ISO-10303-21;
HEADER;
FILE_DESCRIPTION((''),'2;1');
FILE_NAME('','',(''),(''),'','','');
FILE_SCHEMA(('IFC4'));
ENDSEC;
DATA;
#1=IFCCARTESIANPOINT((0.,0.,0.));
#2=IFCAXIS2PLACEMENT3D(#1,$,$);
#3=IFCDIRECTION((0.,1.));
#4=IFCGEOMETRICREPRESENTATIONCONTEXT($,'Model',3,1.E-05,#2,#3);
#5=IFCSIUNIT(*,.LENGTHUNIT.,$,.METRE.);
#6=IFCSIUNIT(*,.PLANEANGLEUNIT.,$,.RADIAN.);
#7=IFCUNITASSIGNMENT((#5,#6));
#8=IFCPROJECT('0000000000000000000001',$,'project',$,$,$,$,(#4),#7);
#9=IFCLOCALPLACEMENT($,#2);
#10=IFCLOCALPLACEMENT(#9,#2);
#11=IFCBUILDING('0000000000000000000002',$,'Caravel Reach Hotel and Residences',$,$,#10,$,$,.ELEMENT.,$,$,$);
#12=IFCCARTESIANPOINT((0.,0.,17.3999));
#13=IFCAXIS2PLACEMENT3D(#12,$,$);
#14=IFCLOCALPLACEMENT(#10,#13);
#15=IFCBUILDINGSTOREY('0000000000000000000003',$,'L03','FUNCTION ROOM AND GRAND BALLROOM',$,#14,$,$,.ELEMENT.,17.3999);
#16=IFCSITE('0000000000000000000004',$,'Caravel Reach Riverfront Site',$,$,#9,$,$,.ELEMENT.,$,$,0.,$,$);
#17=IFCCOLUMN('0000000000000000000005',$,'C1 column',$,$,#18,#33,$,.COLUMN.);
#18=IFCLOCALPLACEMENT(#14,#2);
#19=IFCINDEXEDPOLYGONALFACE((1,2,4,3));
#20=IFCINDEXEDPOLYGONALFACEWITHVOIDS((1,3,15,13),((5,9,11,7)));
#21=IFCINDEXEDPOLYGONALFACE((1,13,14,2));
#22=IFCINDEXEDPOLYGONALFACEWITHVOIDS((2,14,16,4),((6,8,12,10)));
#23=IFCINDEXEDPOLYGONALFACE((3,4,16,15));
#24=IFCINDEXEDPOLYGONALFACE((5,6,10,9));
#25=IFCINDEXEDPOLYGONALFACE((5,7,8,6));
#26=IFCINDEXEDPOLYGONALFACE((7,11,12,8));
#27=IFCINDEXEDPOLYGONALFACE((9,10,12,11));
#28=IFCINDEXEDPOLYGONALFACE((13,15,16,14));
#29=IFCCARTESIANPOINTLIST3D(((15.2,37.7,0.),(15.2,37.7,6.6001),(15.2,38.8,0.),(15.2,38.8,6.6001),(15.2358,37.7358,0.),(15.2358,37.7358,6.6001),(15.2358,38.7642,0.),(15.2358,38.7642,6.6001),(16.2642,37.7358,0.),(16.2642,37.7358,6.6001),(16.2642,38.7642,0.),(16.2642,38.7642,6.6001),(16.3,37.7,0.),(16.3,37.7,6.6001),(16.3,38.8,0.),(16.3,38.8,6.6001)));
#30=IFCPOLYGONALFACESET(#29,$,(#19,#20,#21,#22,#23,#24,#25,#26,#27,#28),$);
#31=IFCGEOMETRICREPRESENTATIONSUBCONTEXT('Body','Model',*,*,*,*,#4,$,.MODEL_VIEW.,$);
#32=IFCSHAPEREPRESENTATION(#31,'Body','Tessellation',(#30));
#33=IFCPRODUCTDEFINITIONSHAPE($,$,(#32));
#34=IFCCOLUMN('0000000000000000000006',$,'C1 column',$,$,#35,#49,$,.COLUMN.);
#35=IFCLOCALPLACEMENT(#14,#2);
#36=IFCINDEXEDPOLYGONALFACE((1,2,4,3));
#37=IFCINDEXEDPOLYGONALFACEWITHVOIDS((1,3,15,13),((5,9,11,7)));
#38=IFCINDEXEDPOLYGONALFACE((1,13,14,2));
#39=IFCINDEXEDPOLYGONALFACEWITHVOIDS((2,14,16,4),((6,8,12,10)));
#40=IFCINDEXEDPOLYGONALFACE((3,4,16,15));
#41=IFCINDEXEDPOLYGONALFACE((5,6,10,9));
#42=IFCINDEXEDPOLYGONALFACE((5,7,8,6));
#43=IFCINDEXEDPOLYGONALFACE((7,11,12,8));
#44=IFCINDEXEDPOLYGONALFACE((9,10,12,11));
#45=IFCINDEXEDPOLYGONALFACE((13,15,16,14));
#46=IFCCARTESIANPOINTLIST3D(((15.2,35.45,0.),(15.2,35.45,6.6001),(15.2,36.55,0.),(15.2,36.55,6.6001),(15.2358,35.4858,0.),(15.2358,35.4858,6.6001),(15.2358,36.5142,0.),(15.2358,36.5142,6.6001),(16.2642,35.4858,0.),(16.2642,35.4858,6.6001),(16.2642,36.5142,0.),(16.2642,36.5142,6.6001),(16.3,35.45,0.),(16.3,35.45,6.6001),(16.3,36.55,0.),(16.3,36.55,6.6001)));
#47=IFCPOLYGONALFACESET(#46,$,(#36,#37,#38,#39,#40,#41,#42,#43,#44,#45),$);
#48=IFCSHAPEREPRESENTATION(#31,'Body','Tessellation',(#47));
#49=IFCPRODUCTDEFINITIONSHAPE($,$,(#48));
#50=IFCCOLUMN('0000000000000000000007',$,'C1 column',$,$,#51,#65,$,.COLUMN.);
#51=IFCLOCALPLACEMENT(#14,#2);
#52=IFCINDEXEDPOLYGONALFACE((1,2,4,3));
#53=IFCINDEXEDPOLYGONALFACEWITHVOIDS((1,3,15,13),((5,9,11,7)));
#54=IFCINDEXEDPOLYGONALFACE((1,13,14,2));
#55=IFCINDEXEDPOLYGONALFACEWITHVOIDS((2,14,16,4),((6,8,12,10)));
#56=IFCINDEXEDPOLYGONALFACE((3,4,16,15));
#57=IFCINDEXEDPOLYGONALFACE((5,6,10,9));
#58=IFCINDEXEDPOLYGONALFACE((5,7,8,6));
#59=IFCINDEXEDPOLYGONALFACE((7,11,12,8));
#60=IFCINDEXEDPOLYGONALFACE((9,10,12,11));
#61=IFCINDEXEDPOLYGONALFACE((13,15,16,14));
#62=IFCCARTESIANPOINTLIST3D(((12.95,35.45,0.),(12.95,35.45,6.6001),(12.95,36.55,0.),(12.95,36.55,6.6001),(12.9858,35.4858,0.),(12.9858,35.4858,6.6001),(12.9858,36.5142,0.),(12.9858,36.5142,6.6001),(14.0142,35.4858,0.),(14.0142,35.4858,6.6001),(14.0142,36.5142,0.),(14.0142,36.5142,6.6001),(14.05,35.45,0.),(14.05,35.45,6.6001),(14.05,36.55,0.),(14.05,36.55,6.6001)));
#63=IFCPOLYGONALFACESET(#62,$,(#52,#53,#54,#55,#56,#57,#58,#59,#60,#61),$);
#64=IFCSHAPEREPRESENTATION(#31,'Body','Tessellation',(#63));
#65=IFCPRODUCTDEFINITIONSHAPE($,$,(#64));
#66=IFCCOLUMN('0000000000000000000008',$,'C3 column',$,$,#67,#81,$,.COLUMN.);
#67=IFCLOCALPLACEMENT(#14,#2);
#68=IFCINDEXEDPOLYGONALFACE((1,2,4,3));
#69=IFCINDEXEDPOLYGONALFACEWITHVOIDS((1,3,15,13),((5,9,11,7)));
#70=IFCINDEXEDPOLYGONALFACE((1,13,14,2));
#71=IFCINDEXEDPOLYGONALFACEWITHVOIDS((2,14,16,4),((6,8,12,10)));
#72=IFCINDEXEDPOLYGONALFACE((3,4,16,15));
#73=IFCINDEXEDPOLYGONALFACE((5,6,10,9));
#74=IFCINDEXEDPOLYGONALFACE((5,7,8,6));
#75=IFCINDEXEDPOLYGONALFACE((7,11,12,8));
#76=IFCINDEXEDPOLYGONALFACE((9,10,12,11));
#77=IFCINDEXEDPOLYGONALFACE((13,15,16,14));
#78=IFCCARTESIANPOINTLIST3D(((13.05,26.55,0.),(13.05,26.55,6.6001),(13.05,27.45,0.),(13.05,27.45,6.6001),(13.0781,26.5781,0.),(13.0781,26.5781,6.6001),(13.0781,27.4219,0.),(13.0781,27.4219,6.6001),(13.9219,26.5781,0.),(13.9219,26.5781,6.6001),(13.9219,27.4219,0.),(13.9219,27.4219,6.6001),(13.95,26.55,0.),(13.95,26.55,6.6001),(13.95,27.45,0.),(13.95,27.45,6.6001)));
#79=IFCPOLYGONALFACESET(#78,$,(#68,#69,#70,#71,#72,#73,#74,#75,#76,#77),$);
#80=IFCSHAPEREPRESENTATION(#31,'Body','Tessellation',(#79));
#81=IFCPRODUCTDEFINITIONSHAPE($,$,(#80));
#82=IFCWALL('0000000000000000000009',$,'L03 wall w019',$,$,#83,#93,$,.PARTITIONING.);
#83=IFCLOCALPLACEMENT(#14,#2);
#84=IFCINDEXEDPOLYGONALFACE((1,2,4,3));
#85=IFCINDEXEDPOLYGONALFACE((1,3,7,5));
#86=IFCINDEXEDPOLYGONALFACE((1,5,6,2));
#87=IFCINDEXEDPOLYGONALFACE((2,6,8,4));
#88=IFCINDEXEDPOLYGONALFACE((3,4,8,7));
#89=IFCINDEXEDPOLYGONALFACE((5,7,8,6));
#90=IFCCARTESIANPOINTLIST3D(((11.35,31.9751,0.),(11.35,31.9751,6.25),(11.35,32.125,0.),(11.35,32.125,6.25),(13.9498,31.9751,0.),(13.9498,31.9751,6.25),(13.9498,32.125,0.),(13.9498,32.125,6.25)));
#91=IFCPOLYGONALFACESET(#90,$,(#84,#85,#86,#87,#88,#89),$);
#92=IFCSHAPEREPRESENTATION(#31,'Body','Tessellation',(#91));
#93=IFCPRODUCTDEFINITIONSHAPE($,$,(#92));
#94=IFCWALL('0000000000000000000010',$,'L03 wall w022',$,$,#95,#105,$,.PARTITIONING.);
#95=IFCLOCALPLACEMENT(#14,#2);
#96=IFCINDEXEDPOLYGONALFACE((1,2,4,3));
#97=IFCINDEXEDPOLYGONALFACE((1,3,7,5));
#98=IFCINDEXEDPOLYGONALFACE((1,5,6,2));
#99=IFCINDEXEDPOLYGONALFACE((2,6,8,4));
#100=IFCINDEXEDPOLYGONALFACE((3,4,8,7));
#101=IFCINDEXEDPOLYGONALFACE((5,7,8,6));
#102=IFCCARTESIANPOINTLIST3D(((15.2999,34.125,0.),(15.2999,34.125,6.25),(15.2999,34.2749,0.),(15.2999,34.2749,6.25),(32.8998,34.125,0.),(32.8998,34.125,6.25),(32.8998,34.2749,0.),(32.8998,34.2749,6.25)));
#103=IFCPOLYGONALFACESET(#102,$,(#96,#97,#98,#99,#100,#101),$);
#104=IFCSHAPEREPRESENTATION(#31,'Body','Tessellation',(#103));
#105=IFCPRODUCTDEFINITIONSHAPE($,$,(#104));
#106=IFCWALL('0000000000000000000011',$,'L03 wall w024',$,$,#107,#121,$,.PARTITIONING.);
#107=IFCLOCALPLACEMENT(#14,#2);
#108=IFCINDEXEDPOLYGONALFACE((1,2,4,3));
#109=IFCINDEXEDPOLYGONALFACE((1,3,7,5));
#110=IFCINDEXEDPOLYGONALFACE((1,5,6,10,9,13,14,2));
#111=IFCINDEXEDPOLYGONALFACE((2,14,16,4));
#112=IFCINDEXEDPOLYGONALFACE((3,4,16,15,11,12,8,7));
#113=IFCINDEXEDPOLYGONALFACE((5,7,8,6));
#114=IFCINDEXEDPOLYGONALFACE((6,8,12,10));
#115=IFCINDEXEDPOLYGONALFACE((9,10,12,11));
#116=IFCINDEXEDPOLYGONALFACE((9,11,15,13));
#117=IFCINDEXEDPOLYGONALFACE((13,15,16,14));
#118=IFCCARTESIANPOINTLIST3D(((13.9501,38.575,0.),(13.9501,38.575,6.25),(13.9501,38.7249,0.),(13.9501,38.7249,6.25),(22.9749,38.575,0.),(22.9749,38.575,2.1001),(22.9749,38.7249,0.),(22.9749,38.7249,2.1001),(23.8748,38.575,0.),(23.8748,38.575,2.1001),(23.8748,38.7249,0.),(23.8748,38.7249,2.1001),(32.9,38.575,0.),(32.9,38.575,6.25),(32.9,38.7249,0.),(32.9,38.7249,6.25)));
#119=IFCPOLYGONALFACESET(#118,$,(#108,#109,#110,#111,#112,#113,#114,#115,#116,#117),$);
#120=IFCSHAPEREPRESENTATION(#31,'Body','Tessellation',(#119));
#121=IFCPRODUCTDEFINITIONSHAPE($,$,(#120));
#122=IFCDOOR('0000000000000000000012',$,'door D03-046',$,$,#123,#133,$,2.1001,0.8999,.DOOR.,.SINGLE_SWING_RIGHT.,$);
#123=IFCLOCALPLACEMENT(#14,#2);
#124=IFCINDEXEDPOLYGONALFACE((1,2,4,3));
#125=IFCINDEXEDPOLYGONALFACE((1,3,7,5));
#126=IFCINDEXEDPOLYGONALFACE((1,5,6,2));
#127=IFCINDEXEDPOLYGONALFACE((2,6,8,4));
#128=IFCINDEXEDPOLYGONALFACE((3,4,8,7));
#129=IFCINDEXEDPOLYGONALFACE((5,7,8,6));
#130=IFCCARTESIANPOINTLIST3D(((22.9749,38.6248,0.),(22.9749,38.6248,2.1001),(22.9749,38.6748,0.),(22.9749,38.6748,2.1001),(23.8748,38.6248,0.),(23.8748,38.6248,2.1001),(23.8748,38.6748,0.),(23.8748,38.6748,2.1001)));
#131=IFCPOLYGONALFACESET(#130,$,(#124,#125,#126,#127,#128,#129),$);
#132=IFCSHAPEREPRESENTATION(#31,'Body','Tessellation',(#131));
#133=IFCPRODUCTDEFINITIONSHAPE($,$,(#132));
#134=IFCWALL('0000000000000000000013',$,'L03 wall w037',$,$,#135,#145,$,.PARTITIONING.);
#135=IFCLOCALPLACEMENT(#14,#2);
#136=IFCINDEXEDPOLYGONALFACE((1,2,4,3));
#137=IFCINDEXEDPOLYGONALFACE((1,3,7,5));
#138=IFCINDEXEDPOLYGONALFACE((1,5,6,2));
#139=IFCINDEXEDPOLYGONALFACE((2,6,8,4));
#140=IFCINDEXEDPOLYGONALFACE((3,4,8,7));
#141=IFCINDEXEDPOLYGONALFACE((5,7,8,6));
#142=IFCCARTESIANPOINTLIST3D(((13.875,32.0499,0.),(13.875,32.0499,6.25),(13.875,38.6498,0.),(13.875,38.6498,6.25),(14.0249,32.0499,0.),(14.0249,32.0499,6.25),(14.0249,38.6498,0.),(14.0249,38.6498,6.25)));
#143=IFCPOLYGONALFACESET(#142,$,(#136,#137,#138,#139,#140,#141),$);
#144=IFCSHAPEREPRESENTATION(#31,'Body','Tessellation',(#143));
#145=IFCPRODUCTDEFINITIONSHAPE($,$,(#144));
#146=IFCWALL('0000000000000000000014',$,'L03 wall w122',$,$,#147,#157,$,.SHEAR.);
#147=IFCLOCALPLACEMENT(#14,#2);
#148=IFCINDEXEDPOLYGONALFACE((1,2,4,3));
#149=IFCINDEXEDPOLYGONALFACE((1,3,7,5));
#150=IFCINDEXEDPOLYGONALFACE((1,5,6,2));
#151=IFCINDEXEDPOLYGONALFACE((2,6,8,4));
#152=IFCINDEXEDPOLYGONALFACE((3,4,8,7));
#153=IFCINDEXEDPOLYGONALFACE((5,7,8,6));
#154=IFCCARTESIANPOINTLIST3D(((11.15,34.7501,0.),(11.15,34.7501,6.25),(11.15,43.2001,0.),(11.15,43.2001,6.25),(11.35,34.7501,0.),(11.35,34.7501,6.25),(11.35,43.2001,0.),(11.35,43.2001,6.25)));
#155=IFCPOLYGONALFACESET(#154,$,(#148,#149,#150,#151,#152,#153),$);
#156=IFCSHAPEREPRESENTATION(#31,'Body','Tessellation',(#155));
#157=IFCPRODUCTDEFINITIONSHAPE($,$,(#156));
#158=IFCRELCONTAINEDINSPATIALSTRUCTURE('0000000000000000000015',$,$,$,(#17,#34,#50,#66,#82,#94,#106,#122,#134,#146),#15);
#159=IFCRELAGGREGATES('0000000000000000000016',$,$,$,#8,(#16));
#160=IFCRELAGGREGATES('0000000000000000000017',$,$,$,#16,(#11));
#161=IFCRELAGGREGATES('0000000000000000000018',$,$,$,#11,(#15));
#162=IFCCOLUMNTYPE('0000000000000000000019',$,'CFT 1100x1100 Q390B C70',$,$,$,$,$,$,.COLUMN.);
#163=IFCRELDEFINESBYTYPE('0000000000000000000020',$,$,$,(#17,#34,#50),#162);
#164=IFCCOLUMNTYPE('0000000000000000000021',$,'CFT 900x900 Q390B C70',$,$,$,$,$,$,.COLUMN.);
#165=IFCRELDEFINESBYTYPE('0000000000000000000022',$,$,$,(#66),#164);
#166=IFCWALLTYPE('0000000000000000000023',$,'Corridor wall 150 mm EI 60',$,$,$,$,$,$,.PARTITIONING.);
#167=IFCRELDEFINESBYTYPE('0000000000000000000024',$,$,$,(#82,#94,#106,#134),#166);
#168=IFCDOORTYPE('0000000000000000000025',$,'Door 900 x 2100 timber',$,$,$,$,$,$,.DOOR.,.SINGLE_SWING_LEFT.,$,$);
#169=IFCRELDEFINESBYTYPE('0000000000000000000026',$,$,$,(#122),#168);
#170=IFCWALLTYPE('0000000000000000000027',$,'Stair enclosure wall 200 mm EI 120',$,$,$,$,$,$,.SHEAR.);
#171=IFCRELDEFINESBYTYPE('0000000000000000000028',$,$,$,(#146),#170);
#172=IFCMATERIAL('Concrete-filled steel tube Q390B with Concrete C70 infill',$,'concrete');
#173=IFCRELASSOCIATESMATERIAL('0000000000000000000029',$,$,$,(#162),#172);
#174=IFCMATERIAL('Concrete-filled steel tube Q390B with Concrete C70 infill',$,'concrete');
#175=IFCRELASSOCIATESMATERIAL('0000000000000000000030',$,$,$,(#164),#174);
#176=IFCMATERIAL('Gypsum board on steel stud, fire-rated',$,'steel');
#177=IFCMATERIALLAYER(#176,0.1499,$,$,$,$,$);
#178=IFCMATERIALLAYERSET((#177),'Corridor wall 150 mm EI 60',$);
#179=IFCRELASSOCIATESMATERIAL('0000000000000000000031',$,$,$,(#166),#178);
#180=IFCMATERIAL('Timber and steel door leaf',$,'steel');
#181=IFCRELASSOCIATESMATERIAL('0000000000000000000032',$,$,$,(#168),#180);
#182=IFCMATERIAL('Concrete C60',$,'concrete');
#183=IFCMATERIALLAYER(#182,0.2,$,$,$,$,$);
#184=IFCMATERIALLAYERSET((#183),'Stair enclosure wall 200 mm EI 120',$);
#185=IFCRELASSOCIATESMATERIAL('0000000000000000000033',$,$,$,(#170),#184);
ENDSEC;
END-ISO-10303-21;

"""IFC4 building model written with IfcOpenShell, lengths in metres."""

from ifc_helpers import new_model, si_unit, direction, frame, frame_2d, origin, origin_2d, place, context, subcontext, project, spatial, rectangle, hollow_rectangle, extrude, material, layer, layer_set, material_profile, profile_set, type_object, element, fill, save


model = new_model("IFC4")

# Units and contexts
model_context = context("Model", 3, precision=1e-05, world=origin(), true_north=direction((0.0, 1.0)))
body_context = subcontext(model_context, "Body", "Model", "MODEL_VIEW")
ifc_project = project(units=[si_unit("LENGTHUNIT", "METRE"), si_unit("PLANEANGLEUNIT", "RADIAN")], contexts=[model_context])

# Site, building, storey
site_placement = place(None, origin())
site = spatial("IfcSite", under=ifc_project, at=site_placement, Name="Caravel Reach Riverfront Site", CompositionType="ELEMENT", RefElevation=0.0)
building_placement = place(site_placement, origin())
building = spatial("IfcBuilding", under=site, at=building_placement, Name="Caravel Reach Hotel and Residences", CompositionType="ELEMENT")
storey_placement = place(building_placement, frame((0.0, 0.0, 17.3999)))
storey = spatial("IfcBuildingStorey", under=building, at=storey_placement, Name="L03", Description="FUNCTION ROOM AND GRAND BALLROOM", CompositionType="ELEMENT", Elevation=17.3999)

# Columns
ifc_material_1 = material(Name="Concrete-filled steel tube Q390B with Concrete C70 infill", Category="concrete")
ifc_material_profile_1 = material_profile(ifc_material_1, hollow_rectangle(XDim=1.1001, YDim=1.1001, WallThickness=0.0359, at=origin_2d()), Name="RHS 1100x1100x36")
ifc_profile_set_1 = profile_set([ifc_material_profile_1], Name="Concrete-filled steel tube Q390B with Concrete C70 infill")
column_type_1 = type_object("IfcColumnType", Name="CFT 1100x1100 Q390B C70", PredefinedType="COLUMN", material=ifc_profile_set_1)
for number, where, z_axis, x_axis, name in (
    (1, (15.75, 38.25, 0.0), (0.0, 0.0, 1.0), (1.0, 0.0, 0.0), "C1 column"),
    (2, (15.75, 36.0, 0.0), (0.0, 0.0, 1.0), (1.0, 0.0, 0.0), "C1 column"),
    (3, (13.5, 36.0, 0.0), (0.0, 0.0, 1.0), (1.0, 0.0, 0.0), "C1 column"),
):
    element("IfcColumn", number, at=place(storey_placement, frame(where, z_axis=z_axis, x_axis=x_axis)), inside=storey, type_object=column_type_1, Name=name, PredefinedType="COLUMN", context=body_context, shape_type="SweptSolid", body=[
        extrude(hollow_rectangle(XDim=1.1001, YDim=1.1001, WallThickness=0.0359, at=origin_2d()), origin(), (0.0, 0.0, 1.0), 6.6001),
    ])
ifc_material_2 = material(Name="Concrete-filled steel tube Q390B with Concrete C70 infill", Category="concrete")
ifc_material_profile_2 = material_profile(ifc_material_2, hollow_rectangle(XDim=0.8999, YDim=0.8999, WallThickness=0.0281, at=origin_2d()), Name="RHS 900x900x28")
ifc_profile_set_2 = profile_set([ifc_material_profile_2], Name="Concrete-filled steel tube Q390B with Concrete C70 infill")
column_type_2 = type_object("IfcColumnType", Name="CFT 900x900 Q390B C70", PredefinedType="COLUMN", material=ifc_profile_set_2)
column_placement = place(storey_placement, frame((13.5, 27.0, 0.0), z_axis=(0.0, 0.0, 1.0), x_axis=(1.0, 0.0, 0.0)))
element("IfcColumn", 4, at=column_placement, inside=storey, type_object=column_type_2, Name="C3 column", PredefinedType="COLUMN", context=body_context, shape_type="SweptSolid", body=[
    extrude(hollow_rectangle(XDim=0.8999, YDim=0.8999, WallThickness=0.0281, at=origin_2d()), origin(), (0.0, 0.0, 1.0), 6.6001),
])

# Walls
ifc_material_3 = material(Name="Gypsum board on steel stud, fire-rated", Category="steel")
ifc_layer_1 = layer(ifc_material_3, 0.1499)
ifc_layer_set_1 = layer_set([ifc_layer_1], Name="Corridor wall 150 mm EI 60")
wall_type_1 = type_object("IfcWallType", Name="Corridor wall 150 mm EI 60", PredefinedType="PARTITIONING", material=ifc_layer_set_1)
wall_1_placement = place(storey_placement, frame((11.3501, 32.05, 0.0), z_axis=(0.0, 0.0, 1.0), x_axis=(1.0, 0.0, 0.0)))
element("IfcWall", 5, at=wall_1_placement, inside=storey, type_object=wall_type_1, Name="L03 wall w019", PredefinedType="PARTITIONING", context=body_context, shape_type="SweptSolid", body=[
    extrude(rectangle(XDim=2.5999, YDim=0.1499, at=frame_2d((1.2998, 0.0))), origin(), (0.0, 0.0, 1.0), 6.25),
])
wall_2_placement = place(storey_placement, frame((15.3, 34.2, 0.0), z_axis=(0.0, 0.0, 1.0), x_axis=(1.0, 0.0, 0.0)))
element("IfcWall", 6, at=wall_2_placement, inside=storey, type_object=wall_type_1, Name="L03 wall w022", PredefinedType="PARTITIONING", context=body_context, shape_type="SweptSolid", body=[
    extrude(rectangle(XDim=17.5999, YDim=0.1499, at=frame_2d((8.7998, 0.0))), origin(), (0.0, 0.0, 1.0), 6.25),
])

# Wall, opening, door
wall_3_placement = place(storey_placement, frame((13.95, 38.6499, 0.0), z_axis=(0.0, 0.0, 1.0), x_axis=(1.0, 0.0, 0.0)))
wall_3 = element("IfcWall", 7, at=wall_3_placement, inside=storey, type_object=wall_type_1, Name="L03 wall w024", PredefinedType="PARTITIONING", context=body_context, shape_type="SweptSolid", body=[
    extrude(rectangle(XDim=18.95, YDim=0.1499, at=frame_2d((9.4751, 0.0))), origin(), (0.0, 0.0, 1.0), 6.25),
])
opening_placement = place(wall_3_placement, frame((9.0249, 0.0, 0.0)))
opening = element("IfcOpeningElement", 8, at=opening_placement, cuts=wall_3, PredefinedType="OPENING", context=body_context, shape_type="SweptSolid", body=[
    extrude(rectangle(XDim=0.8999, YDim=2.1001, at=frame_2d((0.45, 1.05))), frame((0.0, 0.085, 0.0), z_axis=(0.0, -1.0, 0.0), x_axis=(1.0, 0.0, 0.0)), (0.0, 0.0, 1.0), 0.1699),
])
ifc_material_4 = material(Name="Timber and steel door leaf", Category="steel")
door_type = type_object("IfcDoorType", Name="Door 900 x 2100 timber", OperationType="SINGLE_SWING_LEFT", PredefinedType="DOOR", material=ifc_material_4)
door_placement = place(opening_placement, origin())
door = element("IfcDoor", 9, at=door_placement, inside=storey, type_object=door_type, Name="door D03-046", OperationType="SINGLE_SWING_RIGHT", OverallHeight=2.1001, OverallWidth=0.8999, PredefinedType="DOOR", context=body_context, shape_type="SweptSolid", body=[
    extrude(rectangle(XDim=0.8999, YDim=2.1001, at=frame_2d((0.45, 1.05))), frame((0.0, 0.0249, 0.0), z_axis=(0.0, -1.0, 0.0), x_axis=(1.0, 0.0, 0.0)), (0.0, 0.0, 1.0), 0.05),
])
fill(opening, door)

# Walls
wall_4_placement = place(storey_placement, frame((13.95, 32.05, 0.0), z_axis=(0.0, 0.0, 1.0), x_axis=(0.0, 1.0, 0.0)))
element("IfcWall", 10, at=wall_4_placement, inside=storey, type_object=wall_type_1, Name="L03 wall w037", PredefinedType="PARTITIONING", context=body_context, shape_type="SweptSolid", body=[
    extrude(rectangle(XDim=6.5999, YDim=0.1499, at=frame_2d((3.2998, 0.0))), origin(), (0.0, 0.0, 1.0), 6.25),
])
ifc_material_5 = material(Name="Concrete C60", Category="concrete")
ifc_layer_2 = layer(ifc_material_5, 0.2)
ifc_layer_set_2 = layer_set([ifc_layer_2], Name="Stair enclosure wall 200 mm EI 120")
wall_type_2 = type_object("IfcWallType", Name="Stair enclosure wall 200 mm EI 120", PredefinedType="SHEAR", material=ifc_layer_set_2)
wall_5_placement = place(storey_placement, frame((11.25, 34.75, 0.0), z_axis=(0.0, 0.0, 1.0), x_axis=(0.0, 1.0, 0.0)))
element("IfcWall", 11, at=wall_5_placement, inside=storey, type_object=wall_type_2, Name="L03 wall w122", PredefinedType="SHEAR", context=body_context, shape_type="SweptSolid", body=[
    extrude(rectangle(XDim=8.45, YDim=0.2, at=frame_2d((4.2251, 0.0))), origin(), (0.0, 0.0, 1.0), 6.25),
])

save(model, "model.ifc")
